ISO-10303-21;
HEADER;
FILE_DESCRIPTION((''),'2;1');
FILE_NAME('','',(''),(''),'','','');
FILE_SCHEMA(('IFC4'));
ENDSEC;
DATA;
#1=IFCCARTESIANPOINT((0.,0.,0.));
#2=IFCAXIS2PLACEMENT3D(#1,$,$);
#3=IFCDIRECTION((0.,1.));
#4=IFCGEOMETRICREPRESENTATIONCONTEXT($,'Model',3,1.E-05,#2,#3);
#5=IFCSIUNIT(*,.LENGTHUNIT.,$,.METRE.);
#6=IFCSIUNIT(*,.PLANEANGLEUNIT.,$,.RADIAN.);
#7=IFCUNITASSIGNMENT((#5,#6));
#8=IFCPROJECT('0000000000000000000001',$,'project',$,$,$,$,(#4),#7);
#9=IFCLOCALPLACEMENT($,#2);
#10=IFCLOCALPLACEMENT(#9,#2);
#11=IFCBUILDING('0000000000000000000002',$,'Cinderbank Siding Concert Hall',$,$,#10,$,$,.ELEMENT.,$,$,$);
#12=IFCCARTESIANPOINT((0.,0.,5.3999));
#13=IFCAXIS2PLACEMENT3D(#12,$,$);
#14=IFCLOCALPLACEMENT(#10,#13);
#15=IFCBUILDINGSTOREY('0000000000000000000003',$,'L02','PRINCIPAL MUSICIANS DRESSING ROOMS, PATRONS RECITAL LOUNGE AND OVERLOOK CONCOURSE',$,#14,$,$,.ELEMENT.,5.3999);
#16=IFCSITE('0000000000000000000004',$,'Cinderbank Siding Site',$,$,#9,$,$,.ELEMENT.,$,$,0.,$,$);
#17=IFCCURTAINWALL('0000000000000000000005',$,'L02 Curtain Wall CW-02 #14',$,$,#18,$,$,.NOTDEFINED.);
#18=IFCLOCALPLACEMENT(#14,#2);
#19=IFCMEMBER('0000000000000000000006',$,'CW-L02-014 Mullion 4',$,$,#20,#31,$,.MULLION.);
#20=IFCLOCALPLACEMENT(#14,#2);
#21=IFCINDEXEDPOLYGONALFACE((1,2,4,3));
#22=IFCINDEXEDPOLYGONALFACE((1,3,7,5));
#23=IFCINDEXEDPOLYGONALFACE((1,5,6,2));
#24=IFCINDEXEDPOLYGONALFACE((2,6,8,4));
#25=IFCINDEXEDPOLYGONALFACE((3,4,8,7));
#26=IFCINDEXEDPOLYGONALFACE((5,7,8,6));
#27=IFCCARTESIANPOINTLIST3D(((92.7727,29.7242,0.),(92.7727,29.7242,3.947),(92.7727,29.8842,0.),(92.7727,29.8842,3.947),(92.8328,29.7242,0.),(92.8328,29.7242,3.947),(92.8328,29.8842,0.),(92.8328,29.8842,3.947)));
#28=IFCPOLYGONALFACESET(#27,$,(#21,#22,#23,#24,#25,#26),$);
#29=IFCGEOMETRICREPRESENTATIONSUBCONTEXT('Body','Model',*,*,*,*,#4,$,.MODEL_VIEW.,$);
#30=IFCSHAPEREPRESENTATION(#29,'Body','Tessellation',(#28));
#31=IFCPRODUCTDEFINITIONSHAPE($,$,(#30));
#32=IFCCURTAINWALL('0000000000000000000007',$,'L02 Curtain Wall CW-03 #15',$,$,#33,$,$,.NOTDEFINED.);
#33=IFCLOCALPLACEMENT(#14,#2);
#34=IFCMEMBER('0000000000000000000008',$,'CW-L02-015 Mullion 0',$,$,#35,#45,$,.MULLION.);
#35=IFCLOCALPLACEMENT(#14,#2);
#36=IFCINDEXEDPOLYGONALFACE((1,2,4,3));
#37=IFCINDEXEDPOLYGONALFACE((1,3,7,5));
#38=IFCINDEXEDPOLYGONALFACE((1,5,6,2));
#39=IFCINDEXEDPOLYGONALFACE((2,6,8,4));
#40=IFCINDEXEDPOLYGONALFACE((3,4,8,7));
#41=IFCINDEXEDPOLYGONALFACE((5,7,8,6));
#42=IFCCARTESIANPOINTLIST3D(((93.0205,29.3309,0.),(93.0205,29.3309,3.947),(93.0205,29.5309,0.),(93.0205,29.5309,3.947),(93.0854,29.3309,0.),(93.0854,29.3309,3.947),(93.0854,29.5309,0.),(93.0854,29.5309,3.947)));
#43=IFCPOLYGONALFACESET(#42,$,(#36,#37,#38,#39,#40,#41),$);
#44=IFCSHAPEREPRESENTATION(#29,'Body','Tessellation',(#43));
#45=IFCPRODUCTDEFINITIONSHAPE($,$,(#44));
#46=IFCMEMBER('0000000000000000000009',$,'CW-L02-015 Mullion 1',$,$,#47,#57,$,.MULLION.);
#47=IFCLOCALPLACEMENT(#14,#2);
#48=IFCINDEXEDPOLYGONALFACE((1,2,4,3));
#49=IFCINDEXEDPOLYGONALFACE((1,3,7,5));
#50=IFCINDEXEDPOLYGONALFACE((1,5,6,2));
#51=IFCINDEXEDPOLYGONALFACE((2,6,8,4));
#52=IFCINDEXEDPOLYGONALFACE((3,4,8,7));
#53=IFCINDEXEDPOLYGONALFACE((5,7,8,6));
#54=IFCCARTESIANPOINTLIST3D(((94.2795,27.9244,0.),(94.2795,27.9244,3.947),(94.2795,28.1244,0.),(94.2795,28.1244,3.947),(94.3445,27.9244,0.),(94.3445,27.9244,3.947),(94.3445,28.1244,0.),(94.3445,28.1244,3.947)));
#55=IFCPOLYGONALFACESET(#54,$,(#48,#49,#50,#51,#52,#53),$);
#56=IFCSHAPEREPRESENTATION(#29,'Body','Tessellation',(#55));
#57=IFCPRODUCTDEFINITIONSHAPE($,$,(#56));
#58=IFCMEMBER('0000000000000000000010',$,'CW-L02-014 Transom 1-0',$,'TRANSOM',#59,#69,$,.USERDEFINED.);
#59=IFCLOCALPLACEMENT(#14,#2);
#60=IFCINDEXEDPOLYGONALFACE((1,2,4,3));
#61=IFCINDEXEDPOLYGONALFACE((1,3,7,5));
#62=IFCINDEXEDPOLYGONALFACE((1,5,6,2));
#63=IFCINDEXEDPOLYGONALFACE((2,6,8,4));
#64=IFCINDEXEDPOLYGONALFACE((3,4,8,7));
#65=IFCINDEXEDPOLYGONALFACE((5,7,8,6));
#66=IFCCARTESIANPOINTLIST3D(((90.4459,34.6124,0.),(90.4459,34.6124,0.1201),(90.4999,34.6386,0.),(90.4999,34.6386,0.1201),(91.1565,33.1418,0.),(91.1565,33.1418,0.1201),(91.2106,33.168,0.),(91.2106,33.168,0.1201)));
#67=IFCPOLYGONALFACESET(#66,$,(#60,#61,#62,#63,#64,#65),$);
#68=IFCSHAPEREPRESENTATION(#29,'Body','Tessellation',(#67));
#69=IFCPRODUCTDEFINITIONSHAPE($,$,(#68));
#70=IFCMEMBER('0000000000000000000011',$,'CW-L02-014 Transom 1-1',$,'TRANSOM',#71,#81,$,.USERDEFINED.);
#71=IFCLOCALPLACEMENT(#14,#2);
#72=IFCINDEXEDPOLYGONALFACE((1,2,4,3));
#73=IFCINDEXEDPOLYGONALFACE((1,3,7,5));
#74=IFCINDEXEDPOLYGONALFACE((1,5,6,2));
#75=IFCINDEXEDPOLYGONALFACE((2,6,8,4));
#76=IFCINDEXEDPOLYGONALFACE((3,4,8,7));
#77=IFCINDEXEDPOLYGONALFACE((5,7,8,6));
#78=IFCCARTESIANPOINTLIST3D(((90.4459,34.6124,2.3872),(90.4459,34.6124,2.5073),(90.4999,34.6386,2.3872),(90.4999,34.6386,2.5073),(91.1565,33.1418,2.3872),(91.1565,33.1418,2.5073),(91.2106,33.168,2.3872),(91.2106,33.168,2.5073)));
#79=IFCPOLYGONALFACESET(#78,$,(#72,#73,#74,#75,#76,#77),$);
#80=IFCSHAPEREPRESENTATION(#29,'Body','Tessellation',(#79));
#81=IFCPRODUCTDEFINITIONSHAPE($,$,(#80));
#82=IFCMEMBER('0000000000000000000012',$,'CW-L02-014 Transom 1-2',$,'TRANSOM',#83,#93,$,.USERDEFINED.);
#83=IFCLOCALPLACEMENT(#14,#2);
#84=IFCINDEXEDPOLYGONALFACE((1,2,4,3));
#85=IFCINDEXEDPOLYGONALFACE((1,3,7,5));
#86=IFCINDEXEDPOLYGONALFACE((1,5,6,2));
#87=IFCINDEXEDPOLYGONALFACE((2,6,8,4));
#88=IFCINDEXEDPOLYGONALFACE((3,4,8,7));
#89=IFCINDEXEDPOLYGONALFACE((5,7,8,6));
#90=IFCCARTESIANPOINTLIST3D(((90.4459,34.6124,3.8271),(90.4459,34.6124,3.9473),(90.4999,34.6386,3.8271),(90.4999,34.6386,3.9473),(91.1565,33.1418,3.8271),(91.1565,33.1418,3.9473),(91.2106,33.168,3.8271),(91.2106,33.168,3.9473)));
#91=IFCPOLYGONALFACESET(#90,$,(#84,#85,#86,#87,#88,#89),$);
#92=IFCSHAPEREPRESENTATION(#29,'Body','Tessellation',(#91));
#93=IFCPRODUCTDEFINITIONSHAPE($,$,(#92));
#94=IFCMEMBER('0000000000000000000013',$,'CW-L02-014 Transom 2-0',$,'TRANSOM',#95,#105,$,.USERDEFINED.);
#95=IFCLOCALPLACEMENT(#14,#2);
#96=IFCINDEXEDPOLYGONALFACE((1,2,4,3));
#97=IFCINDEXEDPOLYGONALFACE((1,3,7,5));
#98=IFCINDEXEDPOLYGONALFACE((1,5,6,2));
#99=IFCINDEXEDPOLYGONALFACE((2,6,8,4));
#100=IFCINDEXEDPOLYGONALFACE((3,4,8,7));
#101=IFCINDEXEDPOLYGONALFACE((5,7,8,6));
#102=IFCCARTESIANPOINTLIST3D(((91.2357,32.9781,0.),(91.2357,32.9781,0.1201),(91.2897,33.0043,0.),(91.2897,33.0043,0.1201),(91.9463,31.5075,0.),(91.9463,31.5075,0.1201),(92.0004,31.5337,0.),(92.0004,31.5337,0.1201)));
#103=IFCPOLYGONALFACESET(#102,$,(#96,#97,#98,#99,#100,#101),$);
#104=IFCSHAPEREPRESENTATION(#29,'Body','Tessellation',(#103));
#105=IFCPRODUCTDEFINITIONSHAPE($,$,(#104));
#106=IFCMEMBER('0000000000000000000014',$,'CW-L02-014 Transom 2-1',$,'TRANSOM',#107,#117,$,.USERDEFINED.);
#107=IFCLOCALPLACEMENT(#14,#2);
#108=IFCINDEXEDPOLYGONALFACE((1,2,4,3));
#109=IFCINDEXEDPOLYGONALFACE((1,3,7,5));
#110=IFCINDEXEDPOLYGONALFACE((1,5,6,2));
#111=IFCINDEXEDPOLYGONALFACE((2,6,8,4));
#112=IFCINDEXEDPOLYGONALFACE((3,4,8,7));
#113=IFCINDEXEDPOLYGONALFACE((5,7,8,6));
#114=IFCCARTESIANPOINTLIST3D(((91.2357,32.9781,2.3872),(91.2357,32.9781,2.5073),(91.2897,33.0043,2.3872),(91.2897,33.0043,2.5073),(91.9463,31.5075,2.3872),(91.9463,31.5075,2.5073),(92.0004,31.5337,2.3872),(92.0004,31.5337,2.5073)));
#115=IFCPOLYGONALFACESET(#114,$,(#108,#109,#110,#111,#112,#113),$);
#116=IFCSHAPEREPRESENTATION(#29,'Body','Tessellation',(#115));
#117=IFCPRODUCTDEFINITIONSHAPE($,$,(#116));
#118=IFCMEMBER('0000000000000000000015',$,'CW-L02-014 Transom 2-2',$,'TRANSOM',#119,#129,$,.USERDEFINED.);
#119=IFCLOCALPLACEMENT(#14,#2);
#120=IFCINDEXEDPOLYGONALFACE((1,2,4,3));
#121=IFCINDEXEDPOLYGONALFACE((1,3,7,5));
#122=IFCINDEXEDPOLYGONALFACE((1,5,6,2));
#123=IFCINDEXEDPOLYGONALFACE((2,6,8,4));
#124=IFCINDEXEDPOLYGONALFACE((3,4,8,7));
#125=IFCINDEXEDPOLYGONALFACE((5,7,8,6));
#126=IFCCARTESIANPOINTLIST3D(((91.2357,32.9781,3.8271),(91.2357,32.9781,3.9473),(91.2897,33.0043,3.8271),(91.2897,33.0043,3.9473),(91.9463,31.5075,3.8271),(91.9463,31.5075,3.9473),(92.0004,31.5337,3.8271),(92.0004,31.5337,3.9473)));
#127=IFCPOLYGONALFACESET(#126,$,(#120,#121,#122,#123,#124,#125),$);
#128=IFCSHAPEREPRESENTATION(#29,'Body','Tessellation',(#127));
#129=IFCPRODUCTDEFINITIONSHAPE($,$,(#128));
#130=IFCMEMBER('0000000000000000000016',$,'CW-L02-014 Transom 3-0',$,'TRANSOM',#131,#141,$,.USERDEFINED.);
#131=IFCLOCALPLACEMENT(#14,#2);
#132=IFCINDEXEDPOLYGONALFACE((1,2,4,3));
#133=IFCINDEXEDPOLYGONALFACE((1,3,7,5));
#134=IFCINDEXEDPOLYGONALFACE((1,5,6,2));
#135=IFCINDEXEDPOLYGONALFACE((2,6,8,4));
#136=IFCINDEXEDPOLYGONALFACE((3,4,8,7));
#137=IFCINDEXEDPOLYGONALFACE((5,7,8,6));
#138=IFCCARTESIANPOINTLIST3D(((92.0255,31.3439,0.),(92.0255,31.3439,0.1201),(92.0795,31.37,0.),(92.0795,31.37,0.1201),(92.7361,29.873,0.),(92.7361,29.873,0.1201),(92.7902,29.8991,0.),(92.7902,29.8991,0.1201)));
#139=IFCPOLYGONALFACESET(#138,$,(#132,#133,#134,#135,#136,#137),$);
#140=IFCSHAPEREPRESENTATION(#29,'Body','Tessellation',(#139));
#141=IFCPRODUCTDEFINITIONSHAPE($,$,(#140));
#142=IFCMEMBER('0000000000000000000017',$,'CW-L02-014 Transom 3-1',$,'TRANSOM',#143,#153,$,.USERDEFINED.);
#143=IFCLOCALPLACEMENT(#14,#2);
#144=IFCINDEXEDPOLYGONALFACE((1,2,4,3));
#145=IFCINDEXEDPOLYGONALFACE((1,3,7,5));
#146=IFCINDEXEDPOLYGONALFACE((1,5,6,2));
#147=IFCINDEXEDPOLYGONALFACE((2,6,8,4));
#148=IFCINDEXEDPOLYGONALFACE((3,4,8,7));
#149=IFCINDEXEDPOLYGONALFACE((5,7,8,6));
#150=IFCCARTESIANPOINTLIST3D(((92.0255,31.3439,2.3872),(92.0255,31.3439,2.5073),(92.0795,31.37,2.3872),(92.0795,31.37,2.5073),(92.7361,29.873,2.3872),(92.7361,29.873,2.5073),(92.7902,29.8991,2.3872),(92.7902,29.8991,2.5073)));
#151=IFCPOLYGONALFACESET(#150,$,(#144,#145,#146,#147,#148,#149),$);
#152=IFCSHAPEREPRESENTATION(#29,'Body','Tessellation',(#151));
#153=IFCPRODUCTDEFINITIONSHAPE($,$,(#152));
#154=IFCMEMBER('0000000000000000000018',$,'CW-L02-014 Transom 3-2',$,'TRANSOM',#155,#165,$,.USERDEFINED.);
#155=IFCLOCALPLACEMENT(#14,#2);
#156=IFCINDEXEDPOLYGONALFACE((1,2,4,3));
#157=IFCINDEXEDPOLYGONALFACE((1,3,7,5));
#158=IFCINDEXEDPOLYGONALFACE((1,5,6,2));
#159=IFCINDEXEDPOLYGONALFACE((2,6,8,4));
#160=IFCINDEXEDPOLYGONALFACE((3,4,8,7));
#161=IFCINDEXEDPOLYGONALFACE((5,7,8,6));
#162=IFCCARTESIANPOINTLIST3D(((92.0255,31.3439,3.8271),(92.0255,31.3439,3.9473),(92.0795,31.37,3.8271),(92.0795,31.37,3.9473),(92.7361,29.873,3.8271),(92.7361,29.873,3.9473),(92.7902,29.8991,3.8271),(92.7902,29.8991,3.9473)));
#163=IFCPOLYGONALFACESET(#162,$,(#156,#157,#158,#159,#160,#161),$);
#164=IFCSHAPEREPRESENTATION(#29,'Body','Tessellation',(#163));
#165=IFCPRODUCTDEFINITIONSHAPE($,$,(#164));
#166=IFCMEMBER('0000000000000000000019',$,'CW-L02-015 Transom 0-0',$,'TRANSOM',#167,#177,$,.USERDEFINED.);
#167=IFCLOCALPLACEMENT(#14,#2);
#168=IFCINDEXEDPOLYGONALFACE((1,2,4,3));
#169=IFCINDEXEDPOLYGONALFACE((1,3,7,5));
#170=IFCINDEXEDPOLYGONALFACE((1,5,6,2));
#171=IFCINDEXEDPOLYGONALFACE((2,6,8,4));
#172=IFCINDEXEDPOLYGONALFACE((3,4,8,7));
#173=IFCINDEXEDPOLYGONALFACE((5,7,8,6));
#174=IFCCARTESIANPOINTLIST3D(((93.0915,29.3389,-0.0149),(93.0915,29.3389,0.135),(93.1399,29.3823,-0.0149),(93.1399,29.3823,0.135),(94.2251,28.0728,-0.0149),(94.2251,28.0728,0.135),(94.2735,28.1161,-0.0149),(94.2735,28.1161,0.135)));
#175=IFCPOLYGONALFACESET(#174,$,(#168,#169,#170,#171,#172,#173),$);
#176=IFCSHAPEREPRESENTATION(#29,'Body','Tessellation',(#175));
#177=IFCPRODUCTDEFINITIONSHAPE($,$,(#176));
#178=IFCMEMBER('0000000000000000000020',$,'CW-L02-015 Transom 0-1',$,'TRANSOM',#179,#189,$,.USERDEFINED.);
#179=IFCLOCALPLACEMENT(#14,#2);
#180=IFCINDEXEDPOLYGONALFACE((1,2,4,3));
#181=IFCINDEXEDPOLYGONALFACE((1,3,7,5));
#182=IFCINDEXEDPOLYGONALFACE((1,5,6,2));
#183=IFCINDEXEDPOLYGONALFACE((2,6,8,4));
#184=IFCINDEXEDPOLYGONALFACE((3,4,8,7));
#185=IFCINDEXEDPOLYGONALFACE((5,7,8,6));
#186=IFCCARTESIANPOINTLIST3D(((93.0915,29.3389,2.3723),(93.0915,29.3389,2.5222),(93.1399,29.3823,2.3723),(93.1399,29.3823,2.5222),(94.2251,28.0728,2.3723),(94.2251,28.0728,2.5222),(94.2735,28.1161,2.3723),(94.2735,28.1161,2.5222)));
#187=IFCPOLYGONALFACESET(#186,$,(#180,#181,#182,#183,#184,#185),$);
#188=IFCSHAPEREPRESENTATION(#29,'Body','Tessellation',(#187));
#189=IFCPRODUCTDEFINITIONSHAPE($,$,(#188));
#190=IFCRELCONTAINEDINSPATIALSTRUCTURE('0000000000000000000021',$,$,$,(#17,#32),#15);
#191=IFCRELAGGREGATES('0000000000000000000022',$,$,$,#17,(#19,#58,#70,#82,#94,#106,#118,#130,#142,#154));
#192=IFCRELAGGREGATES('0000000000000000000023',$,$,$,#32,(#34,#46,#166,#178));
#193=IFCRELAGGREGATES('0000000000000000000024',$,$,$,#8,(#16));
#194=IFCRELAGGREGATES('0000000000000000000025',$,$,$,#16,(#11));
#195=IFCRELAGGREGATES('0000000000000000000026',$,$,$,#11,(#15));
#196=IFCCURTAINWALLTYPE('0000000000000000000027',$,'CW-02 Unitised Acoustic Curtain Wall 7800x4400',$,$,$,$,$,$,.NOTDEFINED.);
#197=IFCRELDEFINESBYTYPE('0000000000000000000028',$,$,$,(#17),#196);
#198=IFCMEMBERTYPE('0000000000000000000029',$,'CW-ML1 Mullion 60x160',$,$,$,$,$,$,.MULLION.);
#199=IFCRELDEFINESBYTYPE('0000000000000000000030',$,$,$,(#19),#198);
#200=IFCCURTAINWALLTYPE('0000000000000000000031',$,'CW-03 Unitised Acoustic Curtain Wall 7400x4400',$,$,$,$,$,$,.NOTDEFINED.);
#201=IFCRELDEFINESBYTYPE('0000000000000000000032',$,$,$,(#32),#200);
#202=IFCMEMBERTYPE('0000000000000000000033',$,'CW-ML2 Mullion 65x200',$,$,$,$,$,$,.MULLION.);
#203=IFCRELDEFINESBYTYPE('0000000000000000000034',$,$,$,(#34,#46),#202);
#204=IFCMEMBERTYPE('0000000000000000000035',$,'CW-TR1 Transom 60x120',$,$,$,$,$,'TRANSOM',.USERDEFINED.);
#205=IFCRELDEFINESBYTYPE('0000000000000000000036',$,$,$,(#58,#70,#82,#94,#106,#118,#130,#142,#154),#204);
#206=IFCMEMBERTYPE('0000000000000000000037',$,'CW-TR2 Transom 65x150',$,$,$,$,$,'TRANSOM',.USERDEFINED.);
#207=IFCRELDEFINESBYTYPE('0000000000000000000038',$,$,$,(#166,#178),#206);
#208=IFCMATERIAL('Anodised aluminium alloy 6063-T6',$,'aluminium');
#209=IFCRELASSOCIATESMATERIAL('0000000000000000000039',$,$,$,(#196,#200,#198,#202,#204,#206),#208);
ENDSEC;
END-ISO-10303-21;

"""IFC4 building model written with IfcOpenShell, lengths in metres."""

from ifc_helpers import new_model, si_unit, direction, frame, origin, origin_2d, place, context, subcontext, project, spatial, rectangle, extrude, material, material_profile, profile_set, type_object, element, aggregate, save


model = new_model("IFC4")

# Units and contexts
model_context = context("Model", 3, precision=1e-05, world=origin(), true_north=direction((0.0, 1.0)))
body_context = subcontext(model_context, "Body", "Model", "MODEL_VIEW")
ifc_project = project(units=[si_unit("LENGTHUNIT", "METRE"), si_unit("PLANEANGLEUNIT", "RADIAN")], contexts=[model_context])

# Site, building, storey
site_placement = place(None, origin())
site = spatial("IfcSite", under=ifc_project, at=site_placement, Name="Cinderbank Siding Site", CompositionType="ELEMENT", RefElevation=0.0)
building_placement = place(site_placement, origin())
building = spatial("IfcBuilding", under=site, at=building_placement, Name="Cinderbank Siding Concert Hall", CompositionType="ELEMENT")
storey_placement = place(building_placement, frame((0.0, 0.0, 5.3999)))
storey = spatial("IfcBuildingStorey", under=building, at=storey_placement, Name="L02", Description="PRINCIPAL MUSICIANS DRESSING ROOMS, PATRONS RECITAL LOUNGE AND OVERLOOK CONCOURSE", CompositionType="ELEMENT", Elevation=5.3999)

# Curtain walls, members
ifc_material_1 = material(Name="Anodised aluminium alloy 6063-T6", Category="aluminium")
curtain_wall_type_1 = type_object("IfcCurtainWallType", Name="CW-02 Unitised Acoustic Curtain Wall 7800x4400", PredefinedType="NOTDEFINED", material=ifc_material_1)
curtain_wall_1_placement = place(storey_placement, origin())
curtain_wall_1 = element("IfcCurtainWall", 1, at=curtain_wall_1_placement, inside=storey, type_object=curtain_wall_type_1, Name="L02 Curtain Wall CW-02 #14", PredefinedType="NOTDEFINED")
ifc_material_profile_1 = material_profile(ifc_material_1, rectangle(XDim=0.0601, YDim=0.1599, at=origin_2d()), Name="ALU-MULL-60x160", Category="LoadBearing")
ifc_profile_set_1 = profile_set([ifc_material_profile_1], Name="Anodised aluminium alloy 6063-T6")
member_type_1 = type_object("IfcMemberType", Name="CW-ML1 Mullion 60x160", PredefinedType="MULLION", material=ifc_profile_set_1)
member_1_placement = place(storey_placement, frame((92.8027, 29.8042, 0.0), z_axis=(0.0, 0.0, 1.0), x_axis=(1.0, 0.0, 0.0)))
member_1 = element("IfcMember", 2, at=member_1_placement, type_object=member_type_1, Name="CW-L02-014 Mullion 4", PredefinedType="MULLION", context=body_context, shape_type="SweptSolid", body=[
    extrude(rectangle(XDim=0.0601, YDim=0.1599, at=origin_2d()), origin(), (0.0, 0.0, 1.0), 3.947),
])
curtain_wall_type_2 = type_object("IfcCurtainWallType", Name="CW-03 Unitised Acoustic Curtain Wall 7400x4400", PredefinedType="NOTDEFINED", material=ifc_material_1)
curtain_wall_2_placement = place(storey_placement, origin())
curtain_wall_2 = element("IfcCurtainWall", 3, at=curtain_wall_2_placement, inside=storey, type_object=curtain_wall_type_2, Name="L02 Curtain Wall CW-03 #15", PredefinedType="NOTDEFINED")
ifc_material_profile_2 = material_profile(ifc_material_1, rectangle(XDim=0.0649, YDim=0.2, at=origin_2d()), Name="ALU-MULL-65x200", Category="LoadBearing")
ifc_profile_set_2 = profile_set([ifc_material_profile_2], Name="Anodised aluminium alloy 6063-T6")
member_type_2 = type_object("IfcMemberType", Name="CW-ML2 Mullion 65x200", PredefinedType="MULLION", material=ifc_profile_set_2)
member_2_placement = place(storey_placement, frame((93.053, 29.4309, 0.0), z_axis=(0.0, 0.0, 1.0), x_axis=(1.0, 0.0, 0.0)))
member_2 = element("IfcMember", 4, at=member_2_placement, type_object=member_type_2, Name="CW-L02-015 Mullion 0", PredefinedType="MULLION", context=body_context, shape_type="SweptSolid", body=[
    extrude(rectangle(XDim=0.0649, YDim=0.2, at=origin_2d()), origin(), (0.0, 0.0, 1.0), 3.947),
])
member_3_placement = place(storey_placement, frame((94.312, 28.0244, 0.0), z_axis=(0.0, 0.0, 1.0), x_axis=(1.0, 0.0, 0.0)))
member_3 = element("IfcMember", 5, at=member_3_placement, type_object=member_type_2, Name="CW-L02-015 Mullion 1", PredefinedType="MULLION", context=body_context, shape_type="SweptSolid", body=[
    extrude(rectangle(XDim=0.0649, YDim=0.2, at=origin_2d()), origin(), (0.0, 0.0, 1.0), 3.947),
])

# Members
ifc_material_profile_3 = material_profile(ifc_material_1, rectangle(XDim=0.0601, YDim=0.1201, at=origin_2d()), Name="ALU-TRAN-60x120", Category="LoadBearing")
ifc_profile_set_3 = profile_set([ifc_material_profile_3], Name="Anodised aluminium alloy 6063-T6")
member_type_3 = type_object("IfcMemberType", Name="CW-TR1 Transom 60x120", ElementType="TRANSOM", PredefinedType="USERDEFINED", material=ifc_profile_set_3)
member_4_placement = place(storey_placement, frame((90.4729, 34.6255, 0.0601), z_axis=(0.435096, -0.900384, 0.0), x_axis=(0.900384, 0.435096, 0.0)))
member_4 = element("IfcMember", 6, at=member_4_placement, type_object=member_type_3, Name="CW-L02-014 Transom 1-0", ObjectType="TRANSOM", PredefinedType="USERDEFINED", context=body_context, shape_type="SweptSolid", body=[
    extrude(rectangle(XDim=0.0601, YDim=0.1201, at=origin_2d()), origin(), (0.0, 0.0, 1.0), 1.6333),
])
member_5_placement = place(storey_placement, frame((90.4729, 34.6255, 2.4473), z_axis=(0.435096, -0.900384, 0.0), x_axis=(0.900384, 0.435096, 0.0)))
member_5 = element("IfcMember", 7, at=member_5_placement, type_object=member_type_3, Name="CW-L02-014 Transom 1-1", ObjectType="TRANSOM", PredefinedType="USERDEFINED", context=body_context, shape_type="SweptSolid", body=[
    extrude(rectangle(XDim=0.0601, YDim=0.1201, at=origin_2d()), origin(), (0.0, 0.0, 1.0), 1.6333),
])
member_6_placement = place(storey_placement, frame((90.4729, 34.6255, 3.8872), z_axis=(0.435096, -0.900384, 0.0), x_axis=(0.900384, 0.435096, 0.0)))
member_6 = element("IfcMember", 8, at=member_6_placement, type_object=member_type_3, Name="CW-L02-014 Transom 1-2", ObjectType="TRANSOM", PredefinedType="USERDEFINED", context=body_context, shape_type="SweptSolid", body=[
    extrude(rectangle(XDim=0.0601, YDim=0.1201, at=origin_2d()), origin(), (0.0, 0.0, 1.0), 1.6333),
])
member_7_placement = place(storey_placement, frame((91.2627, 32.9912, 0.0601), z_axis=(0.435096, -0.900384, 0.0), x_axis=(0.900384, 0.435096, 0.0)))
member_7 = element("IfcMember", 9, at=member_7_placement, type_object=member_type_3, Name="CW-L02-014 Transom 2-0", ObjectType="TRANSOM", PredefinedType="USERDEFINED", context=body_context, shape_type="SweptSolid", body=[
    extrude(rectangle(XDim=0.0601, YDim=0.1201, at=origin_2d()), origin(), (0.0, 0.0, 1.0), 1.6333),
])
member_8_placement = place(storey_placement, frame((91.2627, 32.9912, 2.4473), z_axis=(0.435096, -0.900384, 0.0), x_axis=(0.900384, 0.435096, 0.0)))
member_8 = element("IfcMember", 10, at=member_8_placement, type_object=member_type_3, Name="CW-L02-014 Transom 2-1", ObjectType="TRANSOM", PredefinedType="USERDEFINED", context=body_context, shape_type="SweptSolid", body=[
    extrude(rectangle(XDim=0.0601, YDim=0.1201, at=origin_2d()), origin(), (0.0, 0.0, 1.0), 1.6333),
])
member_9_placement = place(storey_placement, frame((91.2627, 32.9912, 3.8872), z_axis=(0.435096, -0.900384, 0.0), x_axis=(0.900384, 0.435096, 0.0)))
member_9 = element("IfcMember", 11, at=member_9_placement, type_object=member_type_3, Name="CW-L02-014 Transom 2-2", ObjectType="TRANSOM", PredefinedType="USERDEFINED", context=body_context, shape_type="SweptSolid", body=[
    extrude(rectangle(XDim=0.0601, YDim=0.1201, at=origin_2d()), origin(), (0.0, 0.0, 1.0), 1.6333),
])
member_10_placement = place(storey_placement, frame((92.0525, 31.3569, 0.0601), z_axis=(0.435037, -0.900412, 0.0), x_axis=(0.900412, 0.435037, 0.0)))
member_10 = element("IfcMember", 12, at=member_10_placement, type_object=member_type_3, Name="CW-L02-014 Transom 3-0", ObjectType="TRANSOM", PredefinedType="USERDEFINED", context=body_context, shape_type="SweptSolid", body=[
    extrude(rectangle(XDim=0.0601, YDim=0.1201, at=origin_2d()), origin(), (0.0, 0.0, 1.0), 1.6335),
])
member_11_placement = place(storey_placement, frame((92.0525, 31.3569, 2.4473), z_axis=(0.435037, -0.900412, 0.0), x_axis=(0.900412, 0.435037, 0.0)))
member_11 = element("IfcMember", 13, at=member_11_placement, type_object=member_type_3, Name="CW-L02-014 Transom 3-1", ObjectType="TRANSOM", PredefinedType="USERDEFINED", context=body_context, shape_type="SweptSolid", body=[
    extrude(rectangle(XDim=0.0601, YDim=0.1201, at=origin_2d()), origin(), (0.0, 0.0, 1.0), 1.6335),
])
member_12_placement = place(storey_placement, frame((92.0525, 31.3569, 3.8872), z_axis=(0.435037, -0.900412, 0.0), x_axis=(0.900412, 0.435037, 0.0)))
member_12 = element("IfcMember", 14, at=member_12_placement, type_object=member_type_3, Name="CW-L02-014 Transom 3-2", ObjectType="TRANSOM", PredefinedType="USERDEFINED", context=body_context, shape_type="SweptSolid", body=[
    extrude(rectangle(XDim=0.0601, YDim=0.1201, at=origin_2d()), origin(), (0.0, 0.0, 1.0), 1.6335),
])
ifc_material_profile_4 = material_profile(ifc_material_1, rectangle(XDim=0.0649, YDim=0.1499, at=origin_2d()), Name="ALU-TRAN-65x150", Category="LoadBearing")
ifc_profile_set_4 = profile_set([ifc_material_profile_4], Name="Anodised aluminium alloy 6063-T6")
member_type_4 = type_object("IfcMemberType", Name="CW-TR2 Transom 65x150", ElementType="TRANSOM", PredefinedType="USERDEFINED", material=ifc_profile_set_4)
member_13_placement = place(storey_placement, frame((93.1157, 29.3606, 0.0601), z_axis=(0.667026, -0.745035, 0.0), x_axis=(0.745035, 0.667026, 0.0)))
member_13 = element("IfcMember", 15, at=member_13_placement, type_object=member_type_4, Name="CW-L02-015 Transom 0-0", ObjectType="TRANSOM", PredefinedType="USERDEFINED", context=body_context, shape_type="SweptSolid", body=[
    extrude(rectangle(XDim=0.0649, YDim=0.1499, at=origin_2d()), origin(), (0.0, 0.0, 1.0), 1.6995),
])
member_14_placement = place(storey_placement, frame((93.1157, 29.3606, 2.4473), z_axis=(0.667026, -0.745035, 0.0), x_axis=(0.745035, 0.667026, 0.0)))
member_14 = element("IfcMember", 16, at=member_14_placement, type_object=member_type_4, Name="CW-L02-015 Transom 0-1", ObjectType="TRANSOM", PredefinedType="USERDEFINED", context=body_context, shape_type="SweptSolid", body=[
    extrude(rectangle(XDim=0.0649, YDim=0.1499, at=origin_2d()), origin(), (0.0, 0.0, 1.0), 1.6995),
])

aggregate(curtain_wall_1, [member_1, member_4, member_5, member_6, member_7, member_8, member_9, member_10, member_11, member_12])
aggregate(curtain_wall_2, [member_2, member_3, member_13, member_14])

save(model, "model.ifc")
